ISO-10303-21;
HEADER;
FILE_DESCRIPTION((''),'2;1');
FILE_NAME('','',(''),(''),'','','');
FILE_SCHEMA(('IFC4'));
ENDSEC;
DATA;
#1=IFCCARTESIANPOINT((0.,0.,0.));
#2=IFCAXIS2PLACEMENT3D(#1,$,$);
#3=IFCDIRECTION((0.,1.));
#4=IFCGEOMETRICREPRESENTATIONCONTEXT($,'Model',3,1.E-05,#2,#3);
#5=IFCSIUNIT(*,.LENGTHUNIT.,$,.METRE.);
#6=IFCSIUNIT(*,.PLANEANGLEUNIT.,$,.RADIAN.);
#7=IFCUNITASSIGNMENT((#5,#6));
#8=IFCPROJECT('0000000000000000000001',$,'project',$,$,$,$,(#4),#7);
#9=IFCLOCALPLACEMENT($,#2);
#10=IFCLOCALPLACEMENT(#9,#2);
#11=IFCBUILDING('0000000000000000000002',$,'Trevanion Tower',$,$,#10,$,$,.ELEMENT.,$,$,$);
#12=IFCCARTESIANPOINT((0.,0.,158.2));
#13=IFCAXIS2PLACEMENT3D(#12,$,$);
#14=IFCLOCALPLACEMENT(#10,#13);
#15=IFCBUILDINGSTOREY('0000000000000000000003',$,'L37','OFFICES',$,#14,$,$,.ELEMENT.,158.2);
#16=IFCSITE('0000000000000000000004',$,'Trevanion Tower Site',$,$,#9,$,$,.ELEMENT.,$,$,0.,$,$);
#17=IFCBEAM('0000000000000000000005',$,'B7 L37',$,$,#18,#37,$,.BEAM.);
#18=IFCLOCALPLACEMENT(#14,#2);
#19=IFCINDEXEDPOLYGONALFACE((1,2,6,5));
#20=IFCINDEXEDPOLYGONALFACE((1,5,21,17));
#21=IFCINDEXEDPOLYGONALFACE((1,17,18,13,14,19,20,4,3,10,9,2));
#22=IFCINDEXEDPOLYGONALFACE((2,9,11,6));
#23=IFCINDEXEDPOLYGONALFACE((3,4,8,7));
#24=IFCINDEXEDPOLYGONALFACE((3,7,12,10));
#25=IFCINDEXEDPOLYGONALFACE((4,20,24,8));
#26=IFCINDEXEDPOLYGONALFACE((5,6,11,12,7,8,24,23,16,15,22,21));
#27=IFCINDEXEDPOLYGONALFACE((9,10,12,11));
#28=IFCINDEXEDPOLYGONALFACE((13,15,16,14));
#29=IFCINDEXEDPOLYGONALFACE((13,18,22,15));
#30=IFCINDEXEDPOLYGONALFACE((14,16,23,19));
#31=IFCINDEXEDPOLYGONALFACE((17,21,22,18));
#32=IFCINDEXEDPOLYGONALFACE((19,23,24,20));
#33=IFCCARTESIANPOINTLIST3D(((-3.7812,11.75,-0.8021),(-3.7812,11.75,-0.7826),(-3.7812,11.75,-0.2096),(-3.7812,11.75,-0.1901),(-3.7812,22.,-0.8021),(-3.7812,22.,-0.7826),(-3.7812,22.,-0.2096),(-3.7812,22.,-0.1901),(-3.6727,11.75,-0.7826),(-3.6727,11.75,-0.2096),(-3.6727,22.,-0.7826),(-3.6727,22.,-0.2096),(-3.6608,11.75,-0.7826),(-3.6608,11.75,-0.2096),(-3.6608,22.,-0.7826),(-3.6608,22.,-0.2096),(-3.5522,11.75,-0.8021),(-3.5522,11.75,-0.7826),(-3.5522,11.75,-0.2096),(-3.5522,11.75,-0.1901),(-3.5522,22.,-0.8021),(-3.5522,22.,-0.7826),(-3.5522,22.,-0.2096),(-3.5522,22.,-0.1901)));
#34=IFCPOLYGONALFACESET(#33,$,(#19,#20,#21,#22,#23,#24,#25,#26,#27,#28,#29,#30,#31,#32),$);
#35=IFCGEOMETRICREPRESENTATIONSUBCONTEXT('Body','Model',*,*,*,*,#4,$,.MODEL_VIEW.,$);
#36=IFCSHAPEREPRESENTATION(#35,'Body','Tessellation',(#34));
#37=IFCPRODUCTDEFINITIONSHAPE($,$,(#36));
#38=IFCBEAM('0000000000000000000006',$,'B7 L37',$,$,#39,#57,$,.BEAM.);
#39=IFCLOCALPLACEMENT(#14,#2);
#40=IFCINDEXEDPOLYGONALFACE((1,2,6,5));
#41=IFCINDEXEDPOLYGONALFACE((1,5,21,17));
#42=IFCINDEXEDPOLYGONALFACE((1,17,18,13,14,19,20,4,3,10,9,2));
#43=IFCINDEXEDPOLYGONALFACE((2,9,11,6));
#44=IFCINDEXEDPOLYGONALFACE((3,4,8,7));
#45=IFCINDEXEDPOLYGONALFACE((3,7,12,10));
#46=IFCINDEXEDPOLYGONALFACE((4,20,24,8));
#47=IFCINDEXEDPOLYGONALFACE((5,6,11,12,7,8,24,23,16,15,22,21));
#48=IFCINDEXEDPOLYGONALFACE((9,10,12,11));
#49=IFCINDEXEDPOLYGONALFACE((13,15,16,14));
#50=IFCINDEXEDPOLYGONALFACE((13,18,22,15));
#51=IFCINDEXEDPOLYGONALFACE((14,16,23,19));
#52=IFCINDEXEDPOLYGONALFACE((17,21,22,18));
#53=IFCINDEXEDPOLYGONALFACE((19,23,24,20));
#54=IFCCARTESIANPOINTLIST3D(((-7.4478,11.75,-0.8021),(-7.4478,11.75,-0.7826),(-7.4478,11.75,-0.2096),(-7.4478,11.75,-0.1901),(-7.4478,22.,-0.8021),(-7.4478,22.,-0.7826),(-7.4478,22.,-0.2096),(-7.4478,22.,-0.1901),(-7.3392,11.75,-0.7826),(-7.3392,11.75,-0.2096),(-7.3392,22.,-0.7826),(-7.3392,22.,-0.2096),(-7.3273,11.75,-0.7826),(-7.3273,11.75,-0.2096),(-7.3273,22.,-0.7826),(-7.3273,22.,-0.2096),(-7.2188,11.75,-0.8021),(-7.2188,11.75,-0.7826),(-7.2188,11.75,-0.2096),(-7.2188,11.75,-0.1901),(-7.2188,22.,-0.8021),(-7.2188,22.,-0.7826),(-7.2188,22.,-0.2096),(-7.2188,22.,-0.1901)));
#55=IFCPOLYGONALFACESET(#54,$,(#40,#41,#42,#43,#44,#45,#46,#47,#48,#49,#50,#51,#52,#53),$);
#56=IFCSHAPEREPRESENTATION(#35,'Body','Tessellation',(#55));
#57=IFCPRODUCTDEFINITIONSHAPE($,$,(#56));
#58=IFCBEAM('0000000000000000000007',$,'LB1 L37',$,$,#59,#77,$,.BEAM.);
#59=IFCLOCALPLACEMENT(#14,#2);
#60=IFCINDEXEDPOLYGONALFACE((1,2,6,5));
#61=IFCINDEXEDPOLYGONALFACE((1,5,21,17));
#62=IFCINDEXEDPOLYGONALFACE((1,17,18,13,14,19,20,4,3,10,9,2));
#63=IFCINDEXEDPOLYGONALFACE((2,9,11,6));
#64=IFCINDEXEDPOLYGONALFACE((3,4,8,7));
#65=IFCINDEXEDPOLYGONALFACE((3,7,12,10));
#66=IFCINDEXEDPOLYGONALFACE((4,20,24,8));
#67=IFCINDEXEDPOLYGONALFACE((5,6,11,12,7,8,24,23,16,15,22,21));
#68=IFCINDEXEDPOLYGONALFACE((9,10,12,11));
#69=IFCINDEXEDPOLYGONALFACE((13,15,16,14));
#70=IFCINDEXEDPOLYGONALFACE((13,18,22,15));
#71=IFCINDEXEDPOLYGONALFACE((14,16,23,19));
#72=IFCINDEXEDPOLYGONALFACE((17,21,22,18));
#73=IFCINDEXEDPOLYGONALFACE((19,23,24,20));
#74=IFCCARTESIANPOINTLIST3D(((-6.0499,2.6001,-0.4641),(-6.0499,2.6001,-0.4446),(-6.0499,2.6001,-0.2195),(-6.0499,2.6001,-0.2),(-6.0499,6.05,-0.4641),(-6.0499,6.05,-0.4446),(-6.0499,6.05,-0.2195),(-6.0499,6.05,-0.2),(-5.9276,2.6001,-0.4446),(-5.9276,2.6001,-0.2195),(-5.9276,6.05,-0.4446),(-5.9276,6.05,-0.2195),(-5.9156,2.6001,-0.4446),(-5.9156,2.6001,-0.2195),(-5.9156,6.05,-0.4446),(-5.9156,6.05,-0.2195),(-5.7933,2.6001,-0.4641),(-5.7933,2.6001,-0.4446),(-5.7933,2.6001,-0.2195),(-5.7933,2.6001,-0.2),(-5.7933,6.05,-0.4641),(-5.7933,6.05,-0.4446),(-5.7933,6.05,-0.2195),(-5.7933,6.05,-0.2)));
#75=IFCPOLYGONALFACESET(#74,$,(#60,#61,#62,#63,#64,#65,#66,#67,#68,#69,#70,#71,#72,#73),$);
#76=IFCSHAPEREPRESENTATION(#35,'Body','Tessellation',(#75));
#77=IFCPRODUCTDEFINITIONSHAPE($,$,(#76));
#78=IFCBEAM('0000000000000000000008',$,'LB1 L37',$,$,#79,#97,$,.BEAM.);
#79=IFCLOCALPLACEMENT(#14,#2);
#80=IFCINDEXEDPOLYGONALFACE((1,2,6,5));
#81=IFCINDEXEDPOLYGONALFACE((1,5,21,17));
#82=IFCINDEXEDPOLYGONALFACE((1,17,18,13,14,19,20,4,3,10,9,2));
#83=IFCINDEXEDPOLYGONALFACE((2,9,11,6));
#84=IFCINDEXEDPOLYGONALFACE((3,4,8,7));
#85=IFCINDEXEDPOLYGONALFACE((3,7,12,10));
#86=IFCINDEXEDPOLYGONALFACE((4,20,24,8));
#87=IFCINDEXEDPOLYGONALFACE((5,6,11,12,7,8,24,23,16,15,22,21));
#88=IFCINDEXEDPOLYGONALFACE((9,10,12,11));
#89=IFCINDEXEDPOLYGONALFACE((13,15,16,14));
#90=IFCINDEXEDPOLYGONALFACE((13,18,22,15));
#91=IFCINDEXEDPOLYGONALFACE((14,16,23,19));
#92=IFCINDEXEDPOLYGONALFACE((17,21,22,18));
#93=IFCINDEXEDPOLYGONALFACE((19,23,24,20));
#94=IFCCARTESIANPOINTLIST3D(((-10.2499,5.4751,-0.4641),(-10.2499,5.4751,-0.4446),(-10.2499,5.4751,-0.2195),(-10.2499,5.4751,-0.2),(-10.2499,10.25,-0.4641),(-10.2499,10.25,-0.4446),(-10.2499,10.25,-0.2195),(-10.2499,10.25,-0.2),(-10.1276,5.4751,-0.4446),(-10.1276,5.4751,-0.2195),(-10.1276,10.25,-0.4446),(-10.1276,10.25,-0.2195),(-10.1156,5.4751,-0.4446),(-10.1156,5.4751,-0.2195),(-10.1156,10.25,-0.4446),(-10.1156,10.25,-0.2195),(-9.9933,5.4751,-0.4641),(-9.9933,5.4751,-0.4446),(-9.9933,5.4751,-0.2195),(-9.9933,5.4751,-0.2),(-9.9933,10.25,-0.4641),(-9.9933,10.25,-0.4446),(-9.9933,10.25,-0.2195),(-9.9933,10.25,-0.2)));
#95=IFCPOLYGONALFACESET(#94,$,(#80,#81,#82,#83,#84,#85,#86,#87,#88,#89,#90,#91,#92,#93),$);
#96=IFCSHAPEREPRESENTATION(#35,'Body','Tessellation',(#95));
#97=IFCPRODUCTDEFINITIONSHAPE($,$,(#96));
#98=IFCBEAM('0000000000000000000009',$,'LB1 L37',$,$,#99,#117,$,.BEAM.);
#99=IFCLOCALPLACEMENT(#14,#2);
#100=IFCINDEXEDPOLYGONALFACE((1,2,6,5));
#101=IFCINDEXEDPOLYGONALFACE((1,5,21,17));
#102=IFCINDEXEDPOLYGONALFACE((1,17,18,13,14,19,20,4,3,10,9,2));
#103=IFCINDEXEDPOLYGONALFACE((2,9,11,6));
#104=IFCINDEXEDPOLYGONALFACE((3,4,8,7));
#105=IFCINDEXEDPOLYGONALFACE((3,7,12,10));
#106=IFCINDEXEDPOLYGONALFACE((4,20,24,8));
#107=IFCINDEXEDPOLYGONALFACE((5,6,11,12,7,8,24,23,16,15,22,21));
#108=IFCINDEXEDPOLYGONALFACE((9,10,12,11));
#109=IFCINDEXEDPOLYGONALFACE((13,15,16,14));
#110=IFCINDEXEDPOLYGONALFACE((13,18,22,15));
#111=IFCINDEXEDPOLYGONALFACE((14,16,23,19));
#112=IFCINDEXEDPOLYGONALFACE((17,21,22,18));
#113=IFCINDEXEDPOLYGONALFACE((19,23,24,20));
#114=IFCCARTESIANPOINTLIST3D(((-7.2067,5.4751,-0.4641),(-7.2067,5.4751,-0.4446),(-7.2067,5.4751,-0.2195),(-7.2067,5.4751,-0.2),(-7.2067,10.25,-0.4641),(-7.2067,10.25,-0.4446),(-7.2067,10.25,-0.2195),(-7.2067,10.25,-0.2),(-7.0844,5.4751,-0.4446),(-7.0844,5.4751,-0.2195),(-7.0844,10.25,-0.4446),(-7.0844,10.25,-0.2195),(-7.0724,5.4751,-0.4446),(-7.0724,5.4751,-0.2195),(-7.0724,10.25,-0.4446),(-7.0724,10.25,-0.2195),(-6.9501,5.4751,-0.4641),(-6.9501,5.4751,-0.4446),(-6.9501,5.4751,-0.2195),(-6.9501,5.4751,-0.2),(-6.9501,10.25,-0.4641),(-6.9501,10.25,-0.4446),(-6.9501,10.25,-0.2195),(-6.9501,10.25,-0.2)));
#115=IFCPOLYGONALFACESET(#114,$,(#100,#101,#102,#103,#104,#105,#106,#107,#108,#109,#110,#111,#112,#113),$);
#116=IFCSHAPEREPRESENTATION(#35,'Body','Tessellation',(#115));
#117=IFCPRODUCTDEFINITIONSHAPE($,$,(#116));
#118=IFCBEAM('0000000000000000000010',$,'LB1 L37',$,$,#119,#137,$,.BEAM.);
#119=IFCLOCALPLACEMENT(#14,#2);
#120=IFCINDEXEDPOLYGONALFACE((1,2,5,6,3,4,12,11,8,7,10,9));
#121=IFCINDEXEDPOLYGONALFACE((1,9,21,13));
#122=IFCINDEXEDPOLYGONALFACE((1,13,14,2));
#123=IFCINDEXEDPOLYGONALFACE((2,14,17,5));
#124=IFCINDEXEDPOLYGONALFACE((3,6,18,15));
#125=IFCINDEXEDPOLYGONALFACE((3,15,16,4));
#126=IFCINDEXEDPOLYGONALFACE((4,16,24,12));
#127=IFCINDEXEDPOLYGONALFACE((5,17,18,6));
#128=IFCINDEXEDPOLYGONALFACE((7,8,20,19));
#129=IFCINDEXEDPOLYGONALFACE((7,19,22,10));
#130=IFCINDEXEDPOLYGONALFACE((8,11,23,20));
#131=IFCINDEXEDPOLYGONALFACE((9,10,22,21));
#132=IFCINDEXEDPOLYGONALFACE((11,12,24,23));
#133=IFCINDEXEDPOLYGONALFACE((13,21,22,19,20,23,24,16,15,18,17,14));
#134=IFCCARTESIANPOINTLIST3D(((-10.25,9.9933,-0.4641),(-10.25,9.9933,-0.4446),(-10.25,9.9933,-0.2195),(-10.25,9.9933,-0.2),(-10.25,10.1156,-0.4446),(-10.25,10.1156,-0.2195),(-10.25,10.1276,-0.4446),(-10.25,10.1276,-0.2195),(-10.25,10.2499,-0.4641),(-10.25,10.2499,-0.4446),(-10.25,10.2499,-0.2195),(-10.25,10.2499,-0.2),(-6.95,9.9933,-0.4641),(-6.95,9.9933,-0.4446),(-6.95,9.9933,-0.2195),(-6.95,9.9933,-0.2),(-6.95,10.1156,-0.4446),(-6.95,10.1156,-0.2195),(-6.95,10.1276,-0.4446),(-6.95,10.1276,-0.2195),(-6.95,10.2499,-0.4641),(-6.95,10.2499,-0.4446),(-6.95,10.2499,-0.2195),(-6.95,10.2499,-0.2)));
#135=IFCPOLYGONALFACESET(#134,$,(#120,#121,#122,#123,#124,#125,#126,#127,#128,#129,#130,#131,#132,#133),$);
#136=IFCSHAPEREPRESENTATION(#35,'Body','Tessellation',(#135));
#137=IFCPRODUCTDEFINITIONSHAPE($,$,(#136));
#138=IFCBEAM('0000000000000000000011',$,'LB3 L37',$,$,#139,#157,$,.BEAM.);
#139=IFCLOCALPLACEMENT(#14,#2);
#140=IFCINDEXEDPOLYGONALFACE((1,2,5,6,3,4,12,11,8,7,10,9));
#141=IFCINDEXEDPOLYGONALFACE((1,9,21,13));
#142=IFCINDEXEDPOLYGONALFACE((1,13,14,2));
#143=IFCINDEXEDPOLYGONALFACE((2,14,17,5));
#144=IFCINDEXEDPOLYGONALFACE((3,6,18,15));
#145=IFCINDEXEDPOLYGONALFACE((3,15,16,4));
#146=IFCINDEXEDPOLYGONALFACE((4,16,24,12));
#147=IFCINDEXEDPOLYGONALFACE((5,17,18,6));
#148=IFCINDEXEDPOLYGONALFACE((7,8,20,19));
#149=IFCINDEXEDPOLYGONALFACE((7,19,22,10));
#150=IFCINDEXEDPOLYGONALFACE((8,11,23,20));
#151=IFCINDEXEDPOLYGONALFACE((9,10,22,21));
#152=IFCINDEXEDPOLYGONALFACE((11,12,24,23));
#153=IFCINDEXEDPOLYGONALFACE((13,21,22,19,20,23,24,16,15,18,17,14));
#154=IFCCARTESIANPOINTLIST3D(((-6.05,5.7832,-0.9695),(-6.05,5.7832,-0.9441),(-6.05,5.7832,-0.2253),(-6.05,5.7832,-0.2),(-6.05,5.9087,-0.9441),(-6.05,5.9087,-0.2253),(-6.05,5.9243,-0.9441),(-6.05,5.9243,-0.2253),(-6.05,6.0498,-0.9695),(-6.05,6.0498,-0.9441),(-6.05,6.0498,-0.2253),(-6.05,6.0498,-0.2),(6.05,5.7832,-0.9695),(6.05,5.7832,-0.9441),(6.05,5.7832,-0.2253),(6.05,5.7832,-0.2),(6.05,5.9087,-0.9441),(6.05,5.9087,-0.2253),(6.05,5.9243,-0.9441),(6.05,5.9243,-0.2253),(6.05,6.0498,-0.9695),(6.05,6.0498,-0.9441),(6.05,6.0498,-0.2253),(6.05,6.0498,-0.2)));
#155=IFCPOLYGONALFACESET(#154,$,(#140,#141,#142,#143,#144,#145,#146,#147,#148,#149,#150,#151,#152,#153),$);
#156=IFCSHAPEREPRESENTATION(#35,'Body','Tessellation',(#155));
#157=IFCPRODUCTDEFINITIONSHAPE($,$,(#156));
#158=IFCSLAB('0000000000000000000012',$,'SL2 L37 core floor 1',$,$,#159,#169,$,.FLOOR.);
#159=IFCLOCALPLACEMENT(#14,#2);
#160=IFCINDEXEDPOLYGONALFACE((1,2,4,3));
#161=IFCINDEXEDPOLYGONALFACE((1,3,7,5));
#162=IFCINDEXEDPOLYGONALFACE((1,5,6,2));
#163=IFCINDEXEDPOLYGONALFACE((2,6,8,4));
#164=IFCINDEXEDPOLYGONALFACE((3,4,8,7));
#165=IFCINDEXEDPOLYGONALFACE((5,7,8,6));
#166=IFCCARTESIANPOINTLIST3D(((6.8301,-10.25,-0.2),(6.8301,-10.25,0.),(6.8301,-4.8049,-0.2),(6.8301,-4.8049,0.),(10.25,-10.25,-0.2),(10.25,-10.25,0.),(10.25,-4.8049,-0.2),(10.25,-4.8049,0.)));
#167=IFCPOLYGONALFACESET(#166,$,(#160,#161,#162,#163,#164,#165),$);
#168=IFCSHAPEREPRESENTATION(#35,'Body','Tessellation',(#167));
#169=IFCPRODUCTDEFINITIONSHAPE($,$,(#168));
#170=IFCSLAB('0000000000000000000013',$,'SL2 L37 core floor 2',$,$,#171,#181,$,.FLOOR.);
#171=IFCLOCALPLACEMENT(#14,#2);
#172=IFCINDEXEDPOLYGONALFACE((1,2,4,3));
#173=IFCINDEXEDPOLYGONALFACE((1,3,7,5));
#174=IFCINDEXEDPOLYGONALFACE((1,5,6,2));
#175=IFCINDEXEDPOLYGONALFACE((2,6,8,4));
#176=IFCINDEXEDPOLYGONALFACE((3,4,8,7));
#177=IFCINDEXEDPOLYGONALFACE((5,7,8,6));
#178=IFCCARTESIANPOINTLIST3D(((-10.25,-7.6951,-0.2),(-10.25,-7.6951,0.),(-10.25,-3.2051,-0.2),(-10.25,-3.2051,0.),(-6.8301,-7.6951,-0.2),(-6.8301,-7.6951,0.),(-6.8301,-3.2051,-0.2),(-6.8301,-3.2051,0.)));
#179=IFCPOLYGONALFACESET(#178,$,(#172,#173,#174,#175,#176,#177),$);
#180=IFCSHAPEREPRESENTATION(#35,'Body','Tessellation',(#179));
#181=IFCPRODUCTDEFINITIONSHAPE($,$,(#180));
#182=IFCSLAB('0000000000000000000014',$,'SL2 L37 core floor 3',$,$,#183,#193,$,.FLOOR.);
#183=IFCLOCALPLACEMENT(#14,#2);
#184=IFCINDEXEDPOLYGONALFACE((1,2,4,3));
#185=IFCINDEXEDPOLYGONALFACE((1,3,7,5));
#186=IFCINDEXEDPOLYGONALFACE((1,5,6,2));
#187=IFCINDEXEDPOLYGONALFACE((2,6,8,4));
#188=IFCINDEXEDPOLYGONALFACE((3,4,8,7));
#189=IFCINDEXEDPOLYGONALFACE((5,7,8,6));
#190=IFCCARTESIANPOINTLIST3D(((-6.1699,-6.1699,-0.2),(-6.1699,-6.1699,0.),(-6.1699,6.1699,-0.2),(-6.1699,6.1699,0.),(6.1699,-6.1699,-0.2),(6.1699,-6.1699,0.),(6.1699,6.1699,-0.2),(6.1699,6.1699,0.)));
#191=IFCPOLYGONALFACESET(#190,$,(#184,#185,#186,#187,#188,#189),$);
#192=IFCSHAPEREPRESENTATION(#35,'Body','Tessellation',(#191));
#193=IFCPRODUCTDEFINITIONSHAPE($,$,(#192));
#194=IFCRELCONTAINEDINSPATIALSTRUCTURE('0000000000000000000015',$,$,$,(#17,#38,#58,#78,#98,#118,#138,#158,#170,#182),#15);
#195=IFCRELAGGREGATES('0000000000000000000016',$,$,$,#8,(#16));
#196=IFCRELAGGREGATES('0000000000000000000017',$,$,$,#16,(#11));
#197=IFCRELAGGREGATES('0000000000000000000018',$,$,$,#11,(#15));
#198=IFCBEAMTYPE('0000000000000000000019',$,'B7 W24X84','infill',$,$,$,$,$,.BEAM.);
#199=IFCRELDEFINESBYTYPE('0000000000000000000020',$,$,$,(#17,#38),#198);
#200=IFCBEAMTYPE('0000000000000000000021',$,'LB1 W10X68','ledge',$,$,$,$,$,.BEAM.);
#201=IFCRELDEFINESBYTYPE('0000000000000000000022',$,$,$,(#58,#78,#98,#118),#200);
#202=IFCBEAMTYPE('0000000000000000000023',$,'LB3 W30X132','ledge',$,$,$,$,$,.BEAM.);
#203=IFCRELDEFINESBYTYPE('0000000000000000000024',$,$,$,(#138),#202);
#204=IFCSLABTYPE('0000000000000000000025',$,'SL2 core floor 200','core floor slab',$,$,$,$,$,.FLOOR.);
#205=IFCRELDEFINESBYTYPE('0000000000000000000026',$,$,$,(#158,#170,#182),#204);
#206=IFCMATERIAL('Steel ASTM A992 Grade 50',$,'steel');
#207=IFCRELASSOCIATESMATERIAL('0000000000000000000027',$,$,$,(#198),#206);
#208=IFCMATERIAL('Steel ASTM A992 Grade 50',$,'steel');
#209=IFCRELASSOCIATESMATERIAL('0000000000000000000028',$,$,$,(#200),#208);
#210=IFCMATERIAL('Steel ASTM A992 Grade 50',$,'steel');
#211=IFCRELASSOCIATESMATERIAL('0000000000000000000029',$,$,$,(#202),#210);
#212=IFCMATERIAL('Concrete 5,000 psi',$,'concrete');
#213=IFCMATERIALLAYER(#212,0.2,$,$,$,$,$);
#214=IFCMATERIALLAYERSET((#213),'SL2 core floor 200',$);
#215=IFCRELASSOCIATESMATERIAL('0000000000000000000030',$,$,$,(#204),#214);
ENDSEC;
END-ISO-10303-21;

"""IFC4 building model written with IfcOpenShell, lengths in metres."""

from ifc_helpers import new_model, si_unit, direction, frame, origin, origin_2d, place, context, subcontext, project, spatial, polyline, i_section, outline, extrude, material, layer, layer_set, material_profile, profile_set, type_object, element, save


model = new_model("IFC4")

# Units and contexts
model_context = context("Model", 3, precision=1e-05, world=origin(), true_north=direction((0.0, 1.0)))
body_context = subcontext(model_context, "Body", "Model", "MODEL_VIEW")
ifc_project = project(units=[si_unit("LENGTHUNIT", "METRE"), si_unit("PLANEANGLEUNIT", "RADIAN")], contexts=[model_context])

# Site, building, storey
site_placement = place(None, origin())
site = spatial("IfcSite", under=ifc_project, at=site_placement, Name="Trevanion Tower Site", CompositionType="ELEMENT", RefElevation=0.0)
building_placement = place(site_placement, origin())
building = spatial("IfcBuilding", under=site, at=building_placement, Name="Trevanion Tower", CompositionType="ELEMENT")
storey_placement = place(building_placement, frame((0.0, 0.0, 158.2)))
storey = spatial("IfcBuildingStorey", under=building, at=storey_placement, Name="L37", Description="OFFICES", CompositionType="ELEMENT", Elevation=158.2)

# Beams
ifc_material_1 = material(Name="Steel ASTM A992 Grade 50", Category="steel")
ifc_material_profile_1 = material_profile(ifc_material_1, i_section(OverallWidth=0.229, OverallDepth=0.6121, WebThickness=0.012, FlangeThickness=0.0195, at=origin_2d()), Name="W24X84")
ifc_profile_set_1 = profile_set([ifc_material_profile_1], Name="Steel ASTM A992 Grade 50")
beam_type_1 = type_object("IfcBeamType", Name="B7 W24X84", Description="infill", PredefinedType="BEAM", material=ifc_profile_set_1)
for number, where, z_axis, x_axis, name in (
    (1, (-3.6667, 11.75, -0.4961), (0.0, 1.0, 0.0), (-1.0, 0.0, 0.0), "B7 L37"),
    (2, (-7.3333, 11.75, -0.4961), (0.0, 1.0, 0.0), (-1.0, 0.0, 0.0), "B7 L37"),
):
    element("IfcBeam", number, at=place(storey_placement, frame(where, z_axis=z_axis, x_axis=x_axis)), inside=storey, type_object=beam_type_1, Name=name, PredefinedType="BEAM", context=body_context, shape_type="SweptSolid", body=[
        extrude(i_section(OverallWidth=0.229, OverallDepth=0.6121, WebThickness=0.012, FlangeThickness=0.0195, at=origin_2d()), origin(), (0.0, 0.0, 1.0), 10.25),
    ])
ifc_material_2 = material(Name="Steel ASTM A992 Grade 50", Category="steel")
ifc_material_profile_2 = material_profile(ifc_material_2, i_section(OverallWidth=0.2566, OverallDepth=0.2642, WebThickness=0.012, FlangeThickness=0.0195, at=origin_2d()), Name="W10X68")
ifc_profile_set_2 = profile_set([ifc_material_profile_2], Name="Steel ASTM A992 Grade 50")
beam_type_2 = type_object("IfcBeamType", Name="LB1 W10X68", Description="ledge", PredefinedType="BEAM", material=ifc_profile_set_2)
beam_1_placement = place(storey_placement, frame((-5.9216, 2.6001, -0.332), z_axis=(0.0, 1.0, 0.0), x_axis=(-1.0, 0.0, 0.0)))
element("IfcBeam", 3, at=beam_1_placement, inside=storey, type_object=beam_type_2, Name="LB1 L37", PredefinedType="BEAM", context=body_context, shape_type="SweptSolid", body=[
    extrude(i_section(OverallWidth=0.2566, OverallDepth=0.2642, WebThickness=0.012, FlangeThickness=0.0195, at=origin_2d()), origin(), (0.0, 0.0, 1.0), 3.45),
])
for number, where, z_axis, x_axis, name in (
    (4, (-10.1216, 5.4751, -0.332), (0.0, 1.0, 0.0), (-1.0, 0.0, 0.0), "LB1 L37"),
    (5, (-7.0784, 5.4751, -0.332), (0.0, 1.0, 0.0), (-1.0, 0.0, 0.0), "LB1 L37"),
):
    element("IfcBeam", number, at=place(storey_placement, frame(where, z_axis=z_axis, x_axis=x_axis)), inside=storey, type_object=beam_type_2, Name=name, PredefinedType="BEAM", context=body_context, shape_type="SweptSolid", body=[
        extrude(i_section(OverallWidth=0.2566, OverallDepth=0.2642, WebThickness=0.012, FlangeThickness=0.0195, at=origin_2d()), origin(), (0.0, 0.0, 1.0), 4.7749),
    ])
beam_2_placement = place(storey_placement, frame((-10.25, 10.1216, -0.332), z_axis=(1.0, 0.0, 0.0), x_axis=(0.0, 1.0, 0.0)))
element("IfcBeam", 6, at=beam_2_placement, inside=storey, type_object=beam_type_2, Name="LB1 L37", PredefinedType="BEAM", context=body_context, shape_type="SweptSolid", body=[
    extrude(i_section(OverallWidth=0.2566, OverallDepth=0.2642, WebThickness=0.012, FlangeThickness=0.0195, at=origin_2d()), origin(), (0.0, 0.0, 1.0), 3.3),
])
ifc_material_3 = material(Name="Steel ASTM A992 Grade 50", Category="steel")
ifc_material_profile_3 = material_profile(ifc_material_3, i_section(OverallWidth=0.2666, OverallDepth=0.7695, WebThickness=0.0156, FlangeThickness=0.0254, at=origin_2d()), Name="W30X132")
ifc_profile_set_3 = profile_set([ifc_material_profile_3], Name="Steel ASTM A992 Grade 50")
beam_type_3 = type_object("IfcBeamType", Name="LB3 W30X132", Description="ledge", PredefinedType="BEAM", material=ifc_profile_set_3)
beam_3_placement = place(storey_placement, frame((-6.05, 5.9165, -0.5847), z_axis=(1.0, 0.0, 0.0), x_axis=(0.0, 1.0, 0.0)))
element("IfcBeam", 7, at=beam_3_placement, inside=storey, type_object=beam_type_3, Name="LB3 L37", PredefinedType="BEAM", context=body_context, shape_type="SweptSolid", body=[
    extrude(i_section(OverallWidth=0.2666, OverallDepth=0.7695, WebThickness=0.0156, FlangeThickness=0.0254, at=origin_2d()), origin(), (0.0, 0.0, 1.0), 12.1001),
])

# Slabs
ifc_material_4 = material(Name="Concrete 5,000 psi", Category="concrete")
ifc_layer_1 = layer(ifc_material_4, 0.2)
ifc_layer_set_1 = layer_set([ifc_layer_1], Name="SL2 core floor 200")
slab_type_1 = type_object("IfcSlabType", Name="SL2 core floor 200", Description="core floor slab", PredefinedType="FLOOR", material=ifc_layer_set_1)
slab_1_placement = place(storey_placement, frame((0.0, 0.0, -0.2)))
element("IfcSlab", 8, at=slab_1_placement, inside=storey, type_object=slab_type_1, Name="SL2 L37 core floor 1", PredefinedType="FLOOR", context=body_context, shape_type="SweptSolid", body=[
    extrude(outline(polyline([(10.25, -4.8049), (10.25, -10.25), (6.8301, -10.25), (6.8301, -4.8049), (10.25, -4.8049)])), origin(), (0.0, 0.0, 1.0), 0.2),
])
slab_2_placement = place(storey_placement, frame((0.0, 0.0, -0.2)))
element("IfcSlab", 9, at=slab_2_placement, inside=storey, type_object=slab_type_1, Name="SL2 L37 core floor 2", PredefinedType="FLOOR", context=body_context, shape_type="SweptSolid", body=[
    extrude(outline(polyline([(-6.8301, -3.2051), (-6.8301, -7.6951), (-10.25, -7.6951), (-10.25, -3.2051), (-6.8301, -3.2051)])), origin(), (0.0, 0.0, 1.0), 0.2),
])
slab_3_placement = place(storey_placement, frame((0.0, 0.0, -0.2)))
element("IfcSlab", 10, at=slab_3_placement, inside=storey, type_object=slab_type_1, Name="SL2 L37 core floor 3", PredefinedType="FLOOR", context=body_context, shape_type="SweptSolid", body=[
    extrude(outline(polyline([(6.1699, -6.1699), (-6.1699, -6.1699), (-6.1699, 6.1699), (6.1699, 6.1699), (6.1699, -6.1699)])), origin(), (0.0, 0.0, 1.0), 0.2),
])

save(model, "model.ifc")
